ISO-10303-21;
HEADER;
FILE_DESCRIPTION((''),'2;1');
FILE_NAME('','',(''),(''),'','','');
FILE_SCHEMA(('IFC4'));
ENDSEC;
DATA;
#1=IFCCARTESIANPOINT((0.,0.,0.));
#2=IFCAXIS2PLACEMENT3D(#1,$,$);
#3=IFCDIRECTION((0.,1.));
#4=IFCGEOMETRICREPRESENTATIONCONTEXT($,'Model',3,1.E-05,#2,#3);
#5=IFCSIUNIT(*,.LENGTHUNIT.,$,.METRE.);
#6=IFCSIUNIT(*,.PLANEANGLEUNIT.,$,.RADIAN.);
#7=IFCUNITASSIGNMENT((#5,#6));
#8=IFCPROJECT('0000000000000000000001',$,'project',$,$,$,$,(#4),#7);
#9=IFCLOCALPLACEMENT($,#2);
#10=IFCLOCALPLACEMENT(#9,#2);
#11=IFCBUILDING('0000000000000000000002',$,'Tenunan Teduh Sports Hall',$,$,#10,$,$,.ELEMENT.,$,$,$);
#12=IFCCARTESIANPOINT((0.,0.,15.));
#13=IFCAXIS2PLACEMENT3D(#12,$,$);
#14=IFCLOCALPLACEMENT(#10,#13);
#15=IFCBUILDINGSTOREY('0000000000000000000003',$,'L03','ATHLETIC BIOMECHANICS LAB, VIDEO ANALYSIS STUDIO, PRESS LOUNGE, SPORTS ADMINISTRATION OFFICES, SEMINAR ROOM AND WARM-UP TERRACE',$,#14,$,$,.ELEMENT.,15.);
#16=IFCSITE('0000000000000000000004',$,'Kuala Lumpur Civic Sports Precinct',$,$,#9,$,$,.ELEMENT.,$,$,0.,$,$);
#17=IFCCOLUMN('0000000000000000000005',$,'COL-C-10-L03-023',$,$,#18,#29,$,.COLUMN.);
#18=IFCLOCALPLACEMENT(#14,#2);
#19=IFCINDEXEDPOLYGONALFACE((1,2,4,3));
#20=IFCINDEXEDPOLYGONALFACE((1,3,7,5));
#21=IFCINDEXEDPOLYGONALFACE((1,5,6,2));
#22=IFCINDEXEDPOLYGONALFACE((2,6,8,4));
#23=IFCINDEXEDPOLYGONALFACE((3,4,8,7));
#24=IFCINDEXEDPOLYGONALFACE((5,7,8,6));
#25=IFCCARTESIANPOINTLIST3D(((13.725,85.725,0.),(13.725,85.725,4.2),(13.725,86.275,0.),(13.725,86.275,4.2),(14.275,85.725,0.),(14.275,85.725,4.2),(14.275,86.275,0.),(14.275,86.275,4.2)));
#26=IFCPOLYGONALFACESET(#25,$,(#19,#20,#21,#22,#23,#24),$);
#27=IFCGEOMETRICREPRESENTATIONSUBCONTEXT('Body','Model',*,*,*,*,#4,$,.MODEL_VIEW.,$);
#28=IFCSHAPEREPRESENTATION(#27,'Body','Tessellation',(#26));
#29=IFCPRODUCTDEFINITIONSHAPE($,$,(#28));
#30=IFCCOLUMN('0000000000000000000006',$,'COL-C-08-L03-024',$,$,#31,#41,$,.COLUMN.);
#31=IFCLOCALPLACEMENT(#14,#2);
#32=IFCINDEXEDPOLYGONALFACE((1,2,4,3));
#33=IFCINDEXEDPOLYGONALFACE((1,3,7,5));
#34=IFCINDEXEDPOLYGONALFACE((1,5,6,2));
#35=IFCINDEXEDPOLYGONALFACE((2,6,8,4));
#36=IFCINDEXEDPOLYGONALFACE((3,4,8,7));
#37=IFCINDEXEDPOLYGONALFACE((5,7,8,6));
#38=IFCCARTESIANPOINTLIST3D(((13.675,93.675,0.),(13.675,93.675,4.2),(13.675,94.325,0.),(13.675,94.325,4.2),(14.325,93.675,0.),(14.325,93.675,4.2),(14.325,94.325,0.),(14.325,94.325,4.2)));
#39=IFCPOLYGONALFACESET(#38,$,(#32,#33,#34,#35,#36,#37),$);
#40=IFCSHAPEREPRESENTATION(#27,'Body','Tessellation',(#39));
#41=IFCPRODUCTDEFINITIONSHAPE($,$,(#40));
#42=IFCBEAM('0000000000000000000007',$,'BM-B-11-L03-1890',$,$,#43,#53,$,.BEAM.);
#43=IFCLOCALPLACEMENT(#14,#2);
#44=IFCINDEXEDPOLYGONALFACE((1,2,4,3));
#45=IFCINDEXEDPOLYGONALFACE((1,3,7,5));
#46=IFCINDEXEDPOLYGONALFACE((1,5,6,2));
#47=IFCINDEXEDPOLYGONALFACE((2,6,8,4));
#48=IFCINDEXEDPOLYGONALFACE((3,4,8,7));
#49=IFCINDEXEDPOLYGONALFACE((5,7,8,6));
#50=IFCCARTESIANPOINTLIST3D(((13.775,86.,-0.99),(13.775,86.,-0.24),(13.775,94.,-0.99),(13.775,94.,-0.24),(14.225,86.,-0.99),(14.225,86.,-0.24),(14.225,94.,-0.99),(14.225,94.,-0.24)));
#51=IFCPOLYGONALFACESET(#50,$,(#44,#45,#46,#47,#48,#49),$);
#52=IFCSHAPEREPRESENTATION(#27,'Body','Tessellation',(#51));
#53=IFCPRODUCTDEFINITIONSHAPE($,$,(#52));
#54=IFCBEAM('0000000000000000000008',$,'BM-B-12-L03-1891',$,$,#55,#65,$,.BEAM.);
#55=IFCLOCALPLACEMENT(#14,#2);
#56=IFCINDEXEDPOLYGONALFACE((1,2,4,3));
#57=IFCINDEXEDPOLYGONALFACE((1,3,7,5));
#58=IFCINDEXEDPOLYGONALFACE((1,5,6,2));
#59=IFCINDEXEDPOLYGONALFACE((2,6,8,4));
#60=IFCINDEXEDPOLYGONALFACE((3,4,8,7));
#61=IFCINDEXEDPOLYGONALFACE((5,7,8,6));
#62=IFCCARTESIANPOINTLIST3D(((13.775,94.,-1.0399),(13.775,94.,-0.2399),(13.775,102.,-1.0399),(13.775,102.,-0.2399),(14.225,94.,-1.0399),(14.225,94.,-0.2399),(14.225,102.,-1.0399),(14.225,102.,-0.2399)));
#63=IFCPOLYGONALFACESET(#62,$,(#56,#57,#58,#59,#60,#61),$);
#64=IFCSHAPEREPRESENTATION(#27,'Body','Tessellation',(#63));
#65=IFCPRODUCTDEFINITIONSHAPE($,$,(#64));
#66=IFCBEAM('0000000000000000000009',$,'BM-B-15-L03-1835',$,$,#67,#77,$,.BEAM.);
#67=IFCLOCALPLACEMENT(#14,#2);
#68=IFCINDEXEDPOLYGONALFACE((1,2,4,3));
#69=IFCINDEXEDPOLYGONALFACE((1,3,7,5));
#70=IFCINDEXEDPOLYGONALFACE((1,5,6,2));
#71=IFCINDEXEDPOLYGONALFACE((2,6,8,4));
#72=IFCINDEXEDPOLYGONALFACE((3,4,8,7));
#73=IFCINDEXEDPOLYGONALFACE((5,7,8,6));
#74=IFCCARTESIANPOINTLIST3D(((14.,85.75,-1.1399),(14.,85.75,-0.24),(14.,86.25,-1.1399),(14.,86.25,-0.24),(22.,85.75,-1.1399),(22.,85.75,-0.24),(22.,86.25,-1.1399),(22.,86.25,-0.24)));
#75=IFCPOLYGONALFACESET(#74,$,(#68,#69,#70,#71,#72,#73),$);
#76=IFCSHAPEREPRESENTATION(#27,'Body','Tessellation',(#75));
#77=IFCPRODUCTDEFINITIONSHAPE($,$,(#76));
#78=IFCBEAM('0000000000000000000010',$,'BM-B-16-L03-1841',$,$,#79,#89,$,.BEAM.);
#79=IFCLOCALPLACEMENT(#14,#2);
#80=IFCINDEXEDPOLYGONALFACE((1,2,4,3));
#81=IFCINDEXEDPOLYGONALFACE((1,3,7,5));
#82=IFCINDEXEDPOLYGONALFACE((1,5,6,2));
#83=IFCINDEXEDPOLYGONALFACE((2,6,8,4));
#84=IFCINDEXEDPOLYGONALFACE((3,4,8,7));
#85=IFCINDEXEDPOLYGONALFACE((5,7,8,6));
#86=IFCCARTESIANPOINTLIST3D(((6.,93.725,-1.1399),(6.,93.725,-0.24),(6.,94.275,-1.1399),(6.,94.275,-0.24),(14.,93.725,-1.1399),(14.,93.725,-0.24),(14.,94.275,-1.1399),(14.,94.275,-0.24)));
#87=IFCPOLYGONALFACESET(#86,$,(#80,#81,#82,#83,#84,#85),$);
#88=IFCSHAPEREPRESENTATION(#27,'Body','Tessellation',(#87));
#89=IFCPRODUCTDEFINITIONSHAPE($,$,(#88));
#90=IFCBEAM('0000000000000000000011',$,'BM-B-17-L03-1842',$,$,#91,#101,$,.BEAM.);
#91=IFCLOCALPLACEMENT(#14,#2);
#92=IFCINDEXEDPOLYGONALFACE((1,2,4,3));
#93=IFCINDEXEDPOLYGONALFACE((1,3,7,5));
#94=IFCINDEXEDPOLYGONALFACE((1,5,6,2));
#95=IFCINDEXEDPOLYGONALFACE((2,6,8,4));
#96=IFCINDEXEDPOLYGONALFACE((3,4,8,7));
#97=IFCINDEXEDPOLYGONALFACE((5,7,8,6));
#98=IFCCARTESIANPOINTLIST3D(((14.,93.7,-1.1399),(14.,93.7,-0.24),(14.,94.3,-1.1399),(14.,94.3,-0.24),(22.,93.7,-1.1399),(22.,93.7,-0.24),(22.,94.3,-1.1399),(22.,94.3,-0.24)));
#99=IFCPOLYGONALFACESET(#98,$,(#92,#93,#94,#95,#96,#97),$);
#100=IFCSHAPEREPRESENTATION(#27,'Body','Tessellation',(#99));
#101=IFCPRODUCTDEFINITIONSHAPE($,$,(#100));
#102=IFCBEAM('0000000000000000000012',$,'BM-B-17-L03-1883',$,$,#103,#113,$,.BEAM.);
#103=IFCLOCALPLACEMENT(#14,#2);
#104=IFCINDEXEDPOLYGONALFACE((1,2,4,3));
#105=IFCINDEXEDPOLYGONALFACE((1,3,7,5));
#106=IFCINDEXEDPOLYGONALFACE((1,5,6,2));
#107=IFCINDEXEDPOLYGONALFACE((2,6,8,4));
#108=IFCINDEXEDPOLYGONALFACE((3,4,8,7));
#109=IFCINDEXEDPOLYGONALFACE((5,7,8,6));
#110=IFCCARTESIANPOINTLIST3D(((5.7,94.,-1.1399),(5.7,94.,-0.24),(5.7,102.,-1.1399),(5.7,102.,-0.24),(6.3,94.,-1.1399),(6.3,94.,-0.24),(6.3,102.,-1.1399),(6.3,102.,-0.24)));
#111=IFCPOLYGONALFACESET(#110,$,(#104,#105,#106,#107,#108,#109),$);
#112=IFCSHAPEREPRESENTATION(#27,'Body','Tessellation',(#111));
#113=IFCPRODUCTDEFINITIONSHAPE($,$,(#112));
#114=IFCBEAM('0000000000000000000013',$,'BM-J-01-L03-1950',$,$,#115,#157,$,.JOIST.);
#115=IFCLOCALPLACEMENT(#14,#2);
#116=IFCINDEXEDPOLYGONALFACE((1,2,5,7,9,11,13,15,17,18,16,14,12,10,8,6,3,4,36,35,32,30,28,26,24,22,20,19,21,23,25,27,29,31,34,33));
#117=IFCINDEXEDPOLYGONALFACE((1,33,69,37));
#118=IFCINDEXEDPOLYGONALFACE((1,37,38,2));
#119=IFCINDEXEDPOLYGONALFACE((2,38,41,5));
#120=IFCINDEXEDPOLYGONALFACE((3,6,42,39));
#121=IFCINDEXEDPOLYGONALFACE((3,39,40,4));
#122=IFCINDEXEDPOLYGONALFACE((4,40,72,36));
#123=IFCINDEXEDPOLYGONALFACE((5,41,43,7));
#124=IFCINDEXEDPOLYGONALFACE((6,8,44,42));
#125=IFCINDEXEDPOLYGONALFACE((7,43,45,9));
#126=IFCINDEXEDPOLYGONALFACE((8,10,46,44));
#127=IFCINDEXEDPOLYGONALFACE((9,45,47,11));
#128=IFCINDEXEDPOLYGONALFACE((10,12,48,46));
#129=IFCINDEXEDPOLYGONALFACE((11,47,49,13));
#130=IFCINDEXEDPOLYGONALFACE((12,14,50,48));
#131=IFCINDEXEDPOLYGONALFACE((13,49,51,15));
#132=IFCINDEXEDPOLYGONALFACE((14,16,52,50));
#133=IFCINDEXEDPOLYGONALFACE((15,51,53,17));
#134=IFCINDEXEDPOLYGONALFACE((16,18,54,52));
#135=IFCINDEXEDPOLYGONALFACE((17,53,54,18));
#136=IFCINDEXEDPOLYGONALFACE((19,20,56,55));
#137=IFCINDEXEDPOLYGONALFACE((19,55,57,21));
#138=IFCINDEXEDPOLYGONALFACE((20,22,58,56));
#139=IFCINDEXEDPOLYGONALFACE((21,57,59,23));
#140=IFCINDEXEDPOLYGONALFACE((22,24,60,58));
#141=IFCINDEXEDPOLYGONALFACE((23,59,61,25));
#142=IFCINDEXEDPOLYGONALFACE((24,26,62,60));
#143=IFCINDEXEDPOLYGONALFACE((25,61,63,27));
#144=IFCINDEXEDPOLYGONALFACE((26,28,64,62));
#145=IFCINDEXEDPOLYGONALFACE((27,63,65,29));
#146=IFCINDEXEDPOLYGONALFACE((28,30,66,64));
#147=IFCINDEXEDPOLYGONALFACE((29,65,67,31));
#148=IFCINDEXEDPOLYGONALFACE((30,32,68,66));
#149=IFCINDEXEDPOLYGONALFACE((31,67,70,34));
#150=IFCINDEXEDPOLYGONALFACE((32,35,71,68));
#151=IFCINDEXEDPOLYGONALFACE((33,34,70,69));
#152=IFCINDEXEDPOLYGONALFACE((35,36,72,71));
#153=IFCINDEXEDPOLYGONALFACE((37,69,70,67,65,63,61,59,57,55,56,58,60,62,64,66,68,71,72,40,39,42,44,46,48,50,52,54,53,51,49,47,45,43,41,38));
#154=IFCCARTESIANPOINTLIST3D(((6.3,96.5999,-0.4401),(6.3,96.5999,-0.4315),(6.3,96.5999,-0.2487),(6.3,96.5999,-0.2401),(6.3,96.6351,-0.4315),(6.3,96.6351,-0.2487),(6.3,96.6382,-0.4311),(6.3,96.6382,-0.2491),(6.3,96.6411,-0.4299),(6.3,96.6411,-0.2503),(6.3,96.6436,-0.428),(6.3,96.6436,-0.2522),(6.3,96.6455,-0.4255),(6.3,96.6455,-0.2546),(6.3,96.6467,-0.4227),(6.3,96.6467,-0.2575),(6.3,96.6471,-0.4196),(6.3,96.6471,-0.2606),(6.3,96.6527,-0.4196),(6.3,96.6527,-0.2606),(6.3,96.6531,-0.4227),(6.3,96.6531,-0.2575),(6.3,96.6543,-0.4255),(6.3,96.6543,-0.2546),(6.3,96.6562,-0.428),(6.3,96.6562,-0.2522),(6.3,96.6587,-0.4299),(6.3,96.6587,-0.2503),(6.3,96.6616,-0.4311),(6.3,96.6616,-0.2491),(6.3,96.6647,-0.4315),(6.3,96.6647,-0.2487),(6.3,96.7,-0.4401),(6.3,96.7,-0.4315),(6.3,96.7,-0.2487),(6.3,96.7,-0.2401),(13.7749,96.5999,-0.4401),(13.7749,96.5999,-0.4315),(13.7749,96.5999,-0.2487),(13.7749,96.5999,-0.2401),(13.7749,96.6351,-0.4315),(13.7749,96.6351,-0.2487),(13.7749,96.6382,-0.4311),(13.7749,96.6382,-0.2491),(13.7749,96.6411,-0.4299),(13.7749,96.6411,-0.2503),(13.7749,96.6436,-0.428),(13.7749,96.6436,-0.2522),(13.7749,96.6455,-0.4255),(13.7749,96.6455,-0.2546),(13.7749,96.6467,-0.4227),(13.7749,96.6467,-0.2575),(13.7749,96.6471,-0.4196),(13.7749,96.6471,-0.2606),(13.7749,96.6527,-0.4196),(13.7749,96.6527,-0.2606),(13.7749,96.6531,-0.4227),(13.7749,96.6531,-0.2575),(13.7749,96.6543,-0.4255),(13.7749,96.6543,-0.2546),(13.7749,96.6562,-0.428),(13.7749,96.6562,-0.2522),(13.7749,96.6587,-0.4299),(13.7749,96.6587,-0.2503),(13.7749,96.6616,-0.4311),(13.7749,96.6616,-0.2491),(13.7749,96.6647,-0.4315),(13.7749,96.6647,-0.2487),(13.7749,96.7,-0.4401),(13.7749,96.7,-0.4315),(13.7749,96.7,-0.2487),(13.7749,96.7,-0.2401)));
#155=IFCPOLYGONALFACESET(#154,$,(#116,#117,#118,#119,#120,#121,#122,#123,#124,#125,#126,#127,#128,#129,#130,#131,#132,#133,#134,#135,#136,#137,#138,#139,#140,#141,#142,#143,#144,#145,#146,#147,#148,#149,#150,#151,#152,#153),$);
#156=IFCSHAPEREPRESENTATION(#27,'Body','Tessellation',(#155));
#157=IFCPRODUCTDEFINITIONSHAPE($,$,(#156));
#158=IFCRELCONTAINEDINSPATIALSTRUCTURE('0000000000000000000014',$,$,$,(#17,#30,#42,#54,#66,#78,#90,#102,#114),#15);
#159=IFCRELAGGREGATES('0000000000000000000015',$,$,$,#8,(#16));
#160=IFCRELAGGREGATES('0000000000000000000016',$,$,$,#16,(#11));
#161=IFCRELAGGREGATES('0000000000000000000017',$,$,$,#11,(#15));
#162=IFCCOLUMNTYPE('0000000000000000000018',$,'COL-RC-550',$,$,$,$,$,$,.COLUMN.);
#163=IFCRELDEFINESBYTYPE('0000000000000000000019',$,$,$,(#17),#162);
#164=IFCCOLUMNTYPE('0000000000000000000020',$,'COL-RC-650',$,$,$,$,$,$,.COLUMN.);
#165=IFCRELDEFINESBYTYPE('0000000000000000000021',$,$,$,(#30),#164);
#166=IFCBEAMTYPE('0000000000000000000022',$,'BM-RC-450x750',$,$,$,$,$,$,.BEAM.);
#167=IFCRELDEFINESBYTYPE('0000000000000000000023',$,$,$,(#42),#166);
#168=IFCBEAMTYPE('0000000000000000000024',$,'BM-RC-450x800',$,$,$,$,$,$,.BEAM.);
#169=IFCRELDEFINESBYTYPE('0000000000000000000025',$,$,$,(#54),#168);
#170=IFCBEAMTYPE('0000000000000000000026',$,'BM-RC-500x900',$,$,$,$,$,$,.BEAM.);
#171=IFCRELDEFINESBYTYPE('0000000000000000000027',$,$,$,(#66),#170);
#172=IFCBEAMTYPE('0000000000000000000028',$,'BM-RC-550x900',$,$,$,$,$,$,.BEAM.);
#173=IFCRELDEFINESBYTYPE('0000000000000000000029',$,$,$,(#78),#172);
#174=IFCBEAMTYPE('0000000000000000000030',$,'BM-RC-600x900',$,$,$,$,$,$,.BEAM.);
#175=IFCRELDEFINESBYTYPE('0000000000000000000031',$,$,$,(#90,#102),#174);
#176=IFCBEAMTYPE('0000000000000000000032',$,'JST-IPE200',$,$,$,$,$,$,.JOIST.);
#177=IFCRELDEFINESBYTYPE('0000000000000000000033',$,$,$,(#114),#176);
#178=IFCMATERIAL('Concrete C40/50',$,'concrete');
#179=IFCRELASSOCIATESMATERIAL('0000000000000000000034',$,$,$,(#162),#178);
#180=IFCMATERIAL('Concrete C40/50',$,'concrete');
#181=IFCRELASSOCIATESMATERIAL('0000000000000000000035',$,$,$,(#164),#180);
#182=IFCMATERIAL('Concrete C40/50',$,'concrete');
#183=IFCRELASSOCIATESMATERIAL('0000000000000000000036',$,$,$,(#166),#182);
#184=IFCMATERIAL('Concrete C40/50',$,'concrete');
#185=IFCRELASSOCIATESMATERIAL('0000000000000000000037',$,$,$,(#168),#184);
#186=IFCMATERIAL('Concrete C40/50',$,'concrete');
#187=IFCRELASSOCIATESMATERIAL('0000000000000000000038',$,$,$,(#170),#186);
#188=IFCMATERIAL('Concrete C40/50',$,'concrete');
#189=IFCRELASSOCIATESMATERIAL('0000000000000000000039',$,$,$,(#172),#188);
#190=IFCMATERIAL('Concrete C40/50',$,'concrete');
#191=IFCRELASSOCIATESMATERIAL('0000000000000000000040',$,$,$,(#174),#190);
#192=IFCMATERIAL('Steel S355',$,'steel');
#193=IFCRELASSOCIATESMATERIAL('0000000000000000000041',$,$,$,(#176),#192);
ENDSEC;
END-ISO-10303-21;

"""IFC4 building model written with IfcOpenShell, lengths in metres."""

from ifc_helpers import new_model, si_unit, direction, frame, origin, origin_2d, place, context, subcontext, project, spatial, rectangle, i_section, extrude, material, material_profile, profile_set, type_object, element, save


model = new_model("IFC4")

# Units and contexts
model_context = context("Model", 3, precision=1e-05, world=origin(), true_north=direction((0.0, 1.0)))
body_context = subcontext(model_context, "Body", "Model", "MODEL_VIEW")
ifc_project = project(units=[si_unit("LENGTHUNIT", "METRE"), si_unit("PLANEANGLEUNIT", "RADIAN")], contexts=[model_context])

# Site, building, storey
site_placement = place(None, origin())
site = spatial("IfcSite", under=ifc_project, at=site_placement, Name="Kuala Lumpur Civic Sports Precinct", CompositionType="ELEMENT", RefElevation=0.0)
building_placement = place(site_placement, origin())
building = spatial("IfcBuilding", under=site, at=building_placement, Name="Tenunan Teduh Sports Hall", CompositionType="ELEMENT")
storey_placement = place(building_placement, frame((0.0, 0.0, 15.0)))
storey = spatial("IfcBuildingStorey", under=building, at=storey_placement, Name="L03", Description="ATHLETIC BIOMECHANICS LAB, VIDEO ANALYSIS STUDIO, PRESS LOUNGE, SPORTS ADMINISTRATION OFFICES, SEMINAR ROOM AND WARM-UP TERRACE", CompositionType="ELEMENT", Elevation=15.0)

# Columns
ifc_material_1 = material(Name="Concrete C40/50", Category="concrete")
ifc_material_profile_1 = material_profile(ifc_material_1, rectangle(XDim=0.55, YDim=0.55, at=origin_2d()), Name="RC 550x550")
ifc_profile_set_1 = profile_set([ifc_material_profile_1], Name="Concrete C40/50")
column_type_1 = type_object("IfcColumnType", Name="COL-RC-550", PredefinedType="COLUMN", material=ifc_profile_set_1)
column_1_placement = place(storey_placement, frame((14.0, 86.0, 0.0), z_axis=(0.0, 0.0, 1.0), x_axis=(1.0, 0.0, 0.0)))
element("IfcColumn", 1, at=column_1_placement, inside=storey, type_object=column_type_1, Name="COL-C-10-L03-023", PredefinedType="COLUMN", context=body_context, shape_type="SweptSolid", body=[
    extrude(rectangle(XDim=0.55, YDim=0.55, at=origin_2d()), origin(), (0.0, 0.0, 1.0), 4.2),
])
ifc_material_2 = material(Name="Concrete C40/50", Category="concrete")
ifc_material_profile_2 = material_profile(ifc_material_2, rectangle(XDim=0.6499, YDim=0.6499, at=origin_2d()), Name="RC 650x650")
ifc_profile_set_2 = profile_set([ifc_material_profile_2], Name="Concrete C40/50")
column_type_2 = type_object("IfcColumnType", Name="COL-RC-650", PredefinedType="COLUMN", material=ifc_profile_set_2)
column_2_placement = place(storey_placement, frame((14.0, 94.0, 0.0), z_axis=(0.0, 0.0, 1.0), x_axis=(1.0, 0.0, 0.0)))
element("IfcColumn", 2, at=column_2_placement, inside=storey, type_object=column_type_2, Name="COL-C-08-L03-024", PredefinedType="COLUMN", context=body_context, shape_type="SweptSolid", body=[
    extrude(rectangle(XDim=0.6499, YDim=0.6499, at=origin_2d()), origin(), (0.0, 0.0, 1.0), 4.2),
])

# Beams
ifc_material_3 = material(Name="Concrete C40/50", Category="concrete")
ifc_material_profile_3 = material_profile(ifc_material_3, rectangle(XDim=0.45, YDim=0.75, at=origin_2d()), Name="RCB 450x750")
ifc_profile_set_3 = profile_set([ifc_material_profile_3], Name="Concrete C40/50")
beam_type_1 = type_object("IfcBeamType", Name="BM-RC-450x750", PredefinedType="BEAM", material=ifc_profile_set_3)
beam_1_placement = place(storey_placement, frame((14.0, 86.0, -0.615), z_axis=(0.0, 1.0, 0.0), x_axis=(-1.0, 0.0, 0.0)))
element("IfcBeam", 3, at=beam_1_placement, inside=storey, type_object=beam_type_1, Name="BM-B-11-L03-1890", PredefinedType="BEAM", context=body_context, shape_type="SweptSolid", body=[
    extrude(rectangle(XDim=0.45, YDim=0.75, at=origin_2d()), origin(), (0.0, 0.0, 1.0), 8.0),
])
ifc_material_4 = material(Name="Concrete C40/50", Category="concrete")
ifc_material_profile_4 = material_profile(ifc_material_4, rectangle(XDim=0.45, YDim=0.8, at=origin_2d()), Name="RCB 450x800")
ifc_profile_set_4 = profile_set([ifc_material_profile_4], Name="Concrete C40/50")
beam_type_2 = type_object("IfcBeamType", Name="BM-RC-450x800", PredefinedType="BEAM", material=ifc_profile_set_4)
beam_2_placement = place(storey_placement, frame((14.0, 94.0, -0.6399), z_axis=(0.0, 1.0, 0.0), x_axis=(-1.0, 0.0, 0.0)))
element("IfcBeam", 4, at=beam_2_placement, inside=storey, type_object=beam_type_2, Name="BM-B-12-L03-1891", PredefinedType="BEAM", context=body_context, shape_type="SweptSolid", body=[
    extrude(rectangle(XDim=0.45, YDim=0.8, at=origin_2d()), origin(), (0.0, 0.0, 1.0), 8.0),
])
ifc_material_5 = material(Name="Concrete C40/50", Category="concrete")
ifc_material_profile_5 = material_profile(ifc_material_5, rectangle(XDim=0.5, YDim=0.8999, at=origin_2d()), Name="RCB 500x900")
ifc_profile_set_5 = profile_set([ifc_material_profile_5], Name="Concrete C40/50")
beam_type_3 = type_object("IfcBeamType", Name="BM-RC-500x900", PredefinedType="BEAM", material=ifc_profile_set_5)
beam_3_placement = place(storey_placement, frame((14.0, 86.0, -0.6899), z_axis=(1.0, 0.0, 0.0), x_axis=(0.0, 1.0, 0.0)))
element("IfcBeam", 5, at=beam_3_placement, inside=storey, type_object=beam_type_3, Name="BM-B-15-L03-1835", PredefinedType="BEAM", context=body_context, shape_type="SweptSolid", body=[
    extrude(rectangle(XDim=0.5, YDim=0.8999, at=origin_2d()), origin(), (0.0, 0.0, 1.0), 8.0),
])
ifc_material_6 = material(Name="Concrete C40/50", Category="concrete")
ifc_material_profile_6 = material_profile(ifc_material_6, rectangle(XDim=0.55, YDim=0.8999, at=origin_2d()), Name="RCB 550x900")
ifc_profile_set_6 = profile_set([ifc_material_profile_6], Name="Concrete C40/50")
beam_type_4 = type_object("IfcBeamType", Name="BM-RC-550x900", PredefinedType="BEAM", material=ifc_profile_set_6)
beam_4_placement = place(storey_placement, frame((6.0, 94.0, -0.6899), z_axis=(1.0, 0.0, 0.0), x_axis=(0.0, 1.0, 0.0)))
element("IfcBeam", 6, at=beam_4_placement, inside=storey, type_object=beam_type_4, Name="BM-B-16-L03-1841", PredefinedType="BEAM", context=body_context, shape_type="SweptSolid", body=[
    extrude(rectangle(XDim=0.55, YDim=0.8999, at=origin_2d()), origin(), (0.0, 0.0, 1.0), 8.0),
])
ifc_material_7 = material(Name="Concrete C40/50", Category="concrete")
ifc_material_profile_7 = material_profile(ifc_material_7, rectangle(XDim=0.6001, YDim=0.8999, at=origin_2d()), Name="RCB 600x900")
ifc_profile_set_7 = profile_set([ifc_material_profile_7], Name="Concrete C40/50")
beam_type_5 = type_object("IfcBeamType", Name="BM-RC-600x900", PredefinedType="BEAM", material=ifc_profile_set_7)
for number, where, z_axis, x_axis, name in (
    (7, (14.0, 94.0, -0.6899), (1.0, 0.0, 0.0), (0.0, 1.0, 0.0), "BM-B-17-L03-1842"),
    (8, (6.0, 94.0, -0.6899), (0.0, 1.0, 0.0), (-1.0, 0.0, 0.0), "BM-B-17-L03-1883"),
):
    element("IfcBeam", number, at=place(storey_placement, frame(where, z_axis=z_axis, x_axis=x_axis)), inside=storey, type_object=beam_type_5, Name=name, PredefinedType="BEAM", context=body_context, shape_type="SweptSolid", body=[
        extrude(rectangle(XDim=0.6001, YDim=0.8999, at=origin_2d()), origin(), (0.0, 0.0, 1.0), 8.0),
    ])
ifc_material_8 = material(Name="Steel S355", Category="steel")
ifc_material_profile_8 = material_profile(ifc_material_8, i_section(OverallWidth=0.1001, OverallDepth=0.2, WebThickness=0.0056, FlangeThickness=0.0085, FilletRadius=0.012, at=origin_2d()), Name="IPE 200")
ifc_profile_set_8 = profile_set([ifc_material_profile_8], Name="Steel S355")
beam_type_6 = type_object("IfcBeamType", Name="JST-IPE200", PredefinedType="JOIST", material=ifc_profile_set_8)
beam_5_placement = place(storey_placement, frame((6.3, 96.6499, -0.3401), z_axis=(1.0, 0.0, 0.0), x_axis=(0.0, 1.0, 0.0)))
element("IfcBeam", 9, at=beam_5_placement, inside=storey, type_object=beam_type_6, Name="BM-J-01-L03-1950", PredefinedType="JOIST", context=body_context, shape_type="SweptSolid", body=[
    extrude(i_section(OverallWidth=0.1001, OverallDepth=0.2, WebThickness=0.0056, FlangeThickness=0.0085, FilletRadius=0.012, at=origin_2d()), origin(), (0.0, 0.0, 1.0), 7.4749),
])

save(model, "model.ifc")
